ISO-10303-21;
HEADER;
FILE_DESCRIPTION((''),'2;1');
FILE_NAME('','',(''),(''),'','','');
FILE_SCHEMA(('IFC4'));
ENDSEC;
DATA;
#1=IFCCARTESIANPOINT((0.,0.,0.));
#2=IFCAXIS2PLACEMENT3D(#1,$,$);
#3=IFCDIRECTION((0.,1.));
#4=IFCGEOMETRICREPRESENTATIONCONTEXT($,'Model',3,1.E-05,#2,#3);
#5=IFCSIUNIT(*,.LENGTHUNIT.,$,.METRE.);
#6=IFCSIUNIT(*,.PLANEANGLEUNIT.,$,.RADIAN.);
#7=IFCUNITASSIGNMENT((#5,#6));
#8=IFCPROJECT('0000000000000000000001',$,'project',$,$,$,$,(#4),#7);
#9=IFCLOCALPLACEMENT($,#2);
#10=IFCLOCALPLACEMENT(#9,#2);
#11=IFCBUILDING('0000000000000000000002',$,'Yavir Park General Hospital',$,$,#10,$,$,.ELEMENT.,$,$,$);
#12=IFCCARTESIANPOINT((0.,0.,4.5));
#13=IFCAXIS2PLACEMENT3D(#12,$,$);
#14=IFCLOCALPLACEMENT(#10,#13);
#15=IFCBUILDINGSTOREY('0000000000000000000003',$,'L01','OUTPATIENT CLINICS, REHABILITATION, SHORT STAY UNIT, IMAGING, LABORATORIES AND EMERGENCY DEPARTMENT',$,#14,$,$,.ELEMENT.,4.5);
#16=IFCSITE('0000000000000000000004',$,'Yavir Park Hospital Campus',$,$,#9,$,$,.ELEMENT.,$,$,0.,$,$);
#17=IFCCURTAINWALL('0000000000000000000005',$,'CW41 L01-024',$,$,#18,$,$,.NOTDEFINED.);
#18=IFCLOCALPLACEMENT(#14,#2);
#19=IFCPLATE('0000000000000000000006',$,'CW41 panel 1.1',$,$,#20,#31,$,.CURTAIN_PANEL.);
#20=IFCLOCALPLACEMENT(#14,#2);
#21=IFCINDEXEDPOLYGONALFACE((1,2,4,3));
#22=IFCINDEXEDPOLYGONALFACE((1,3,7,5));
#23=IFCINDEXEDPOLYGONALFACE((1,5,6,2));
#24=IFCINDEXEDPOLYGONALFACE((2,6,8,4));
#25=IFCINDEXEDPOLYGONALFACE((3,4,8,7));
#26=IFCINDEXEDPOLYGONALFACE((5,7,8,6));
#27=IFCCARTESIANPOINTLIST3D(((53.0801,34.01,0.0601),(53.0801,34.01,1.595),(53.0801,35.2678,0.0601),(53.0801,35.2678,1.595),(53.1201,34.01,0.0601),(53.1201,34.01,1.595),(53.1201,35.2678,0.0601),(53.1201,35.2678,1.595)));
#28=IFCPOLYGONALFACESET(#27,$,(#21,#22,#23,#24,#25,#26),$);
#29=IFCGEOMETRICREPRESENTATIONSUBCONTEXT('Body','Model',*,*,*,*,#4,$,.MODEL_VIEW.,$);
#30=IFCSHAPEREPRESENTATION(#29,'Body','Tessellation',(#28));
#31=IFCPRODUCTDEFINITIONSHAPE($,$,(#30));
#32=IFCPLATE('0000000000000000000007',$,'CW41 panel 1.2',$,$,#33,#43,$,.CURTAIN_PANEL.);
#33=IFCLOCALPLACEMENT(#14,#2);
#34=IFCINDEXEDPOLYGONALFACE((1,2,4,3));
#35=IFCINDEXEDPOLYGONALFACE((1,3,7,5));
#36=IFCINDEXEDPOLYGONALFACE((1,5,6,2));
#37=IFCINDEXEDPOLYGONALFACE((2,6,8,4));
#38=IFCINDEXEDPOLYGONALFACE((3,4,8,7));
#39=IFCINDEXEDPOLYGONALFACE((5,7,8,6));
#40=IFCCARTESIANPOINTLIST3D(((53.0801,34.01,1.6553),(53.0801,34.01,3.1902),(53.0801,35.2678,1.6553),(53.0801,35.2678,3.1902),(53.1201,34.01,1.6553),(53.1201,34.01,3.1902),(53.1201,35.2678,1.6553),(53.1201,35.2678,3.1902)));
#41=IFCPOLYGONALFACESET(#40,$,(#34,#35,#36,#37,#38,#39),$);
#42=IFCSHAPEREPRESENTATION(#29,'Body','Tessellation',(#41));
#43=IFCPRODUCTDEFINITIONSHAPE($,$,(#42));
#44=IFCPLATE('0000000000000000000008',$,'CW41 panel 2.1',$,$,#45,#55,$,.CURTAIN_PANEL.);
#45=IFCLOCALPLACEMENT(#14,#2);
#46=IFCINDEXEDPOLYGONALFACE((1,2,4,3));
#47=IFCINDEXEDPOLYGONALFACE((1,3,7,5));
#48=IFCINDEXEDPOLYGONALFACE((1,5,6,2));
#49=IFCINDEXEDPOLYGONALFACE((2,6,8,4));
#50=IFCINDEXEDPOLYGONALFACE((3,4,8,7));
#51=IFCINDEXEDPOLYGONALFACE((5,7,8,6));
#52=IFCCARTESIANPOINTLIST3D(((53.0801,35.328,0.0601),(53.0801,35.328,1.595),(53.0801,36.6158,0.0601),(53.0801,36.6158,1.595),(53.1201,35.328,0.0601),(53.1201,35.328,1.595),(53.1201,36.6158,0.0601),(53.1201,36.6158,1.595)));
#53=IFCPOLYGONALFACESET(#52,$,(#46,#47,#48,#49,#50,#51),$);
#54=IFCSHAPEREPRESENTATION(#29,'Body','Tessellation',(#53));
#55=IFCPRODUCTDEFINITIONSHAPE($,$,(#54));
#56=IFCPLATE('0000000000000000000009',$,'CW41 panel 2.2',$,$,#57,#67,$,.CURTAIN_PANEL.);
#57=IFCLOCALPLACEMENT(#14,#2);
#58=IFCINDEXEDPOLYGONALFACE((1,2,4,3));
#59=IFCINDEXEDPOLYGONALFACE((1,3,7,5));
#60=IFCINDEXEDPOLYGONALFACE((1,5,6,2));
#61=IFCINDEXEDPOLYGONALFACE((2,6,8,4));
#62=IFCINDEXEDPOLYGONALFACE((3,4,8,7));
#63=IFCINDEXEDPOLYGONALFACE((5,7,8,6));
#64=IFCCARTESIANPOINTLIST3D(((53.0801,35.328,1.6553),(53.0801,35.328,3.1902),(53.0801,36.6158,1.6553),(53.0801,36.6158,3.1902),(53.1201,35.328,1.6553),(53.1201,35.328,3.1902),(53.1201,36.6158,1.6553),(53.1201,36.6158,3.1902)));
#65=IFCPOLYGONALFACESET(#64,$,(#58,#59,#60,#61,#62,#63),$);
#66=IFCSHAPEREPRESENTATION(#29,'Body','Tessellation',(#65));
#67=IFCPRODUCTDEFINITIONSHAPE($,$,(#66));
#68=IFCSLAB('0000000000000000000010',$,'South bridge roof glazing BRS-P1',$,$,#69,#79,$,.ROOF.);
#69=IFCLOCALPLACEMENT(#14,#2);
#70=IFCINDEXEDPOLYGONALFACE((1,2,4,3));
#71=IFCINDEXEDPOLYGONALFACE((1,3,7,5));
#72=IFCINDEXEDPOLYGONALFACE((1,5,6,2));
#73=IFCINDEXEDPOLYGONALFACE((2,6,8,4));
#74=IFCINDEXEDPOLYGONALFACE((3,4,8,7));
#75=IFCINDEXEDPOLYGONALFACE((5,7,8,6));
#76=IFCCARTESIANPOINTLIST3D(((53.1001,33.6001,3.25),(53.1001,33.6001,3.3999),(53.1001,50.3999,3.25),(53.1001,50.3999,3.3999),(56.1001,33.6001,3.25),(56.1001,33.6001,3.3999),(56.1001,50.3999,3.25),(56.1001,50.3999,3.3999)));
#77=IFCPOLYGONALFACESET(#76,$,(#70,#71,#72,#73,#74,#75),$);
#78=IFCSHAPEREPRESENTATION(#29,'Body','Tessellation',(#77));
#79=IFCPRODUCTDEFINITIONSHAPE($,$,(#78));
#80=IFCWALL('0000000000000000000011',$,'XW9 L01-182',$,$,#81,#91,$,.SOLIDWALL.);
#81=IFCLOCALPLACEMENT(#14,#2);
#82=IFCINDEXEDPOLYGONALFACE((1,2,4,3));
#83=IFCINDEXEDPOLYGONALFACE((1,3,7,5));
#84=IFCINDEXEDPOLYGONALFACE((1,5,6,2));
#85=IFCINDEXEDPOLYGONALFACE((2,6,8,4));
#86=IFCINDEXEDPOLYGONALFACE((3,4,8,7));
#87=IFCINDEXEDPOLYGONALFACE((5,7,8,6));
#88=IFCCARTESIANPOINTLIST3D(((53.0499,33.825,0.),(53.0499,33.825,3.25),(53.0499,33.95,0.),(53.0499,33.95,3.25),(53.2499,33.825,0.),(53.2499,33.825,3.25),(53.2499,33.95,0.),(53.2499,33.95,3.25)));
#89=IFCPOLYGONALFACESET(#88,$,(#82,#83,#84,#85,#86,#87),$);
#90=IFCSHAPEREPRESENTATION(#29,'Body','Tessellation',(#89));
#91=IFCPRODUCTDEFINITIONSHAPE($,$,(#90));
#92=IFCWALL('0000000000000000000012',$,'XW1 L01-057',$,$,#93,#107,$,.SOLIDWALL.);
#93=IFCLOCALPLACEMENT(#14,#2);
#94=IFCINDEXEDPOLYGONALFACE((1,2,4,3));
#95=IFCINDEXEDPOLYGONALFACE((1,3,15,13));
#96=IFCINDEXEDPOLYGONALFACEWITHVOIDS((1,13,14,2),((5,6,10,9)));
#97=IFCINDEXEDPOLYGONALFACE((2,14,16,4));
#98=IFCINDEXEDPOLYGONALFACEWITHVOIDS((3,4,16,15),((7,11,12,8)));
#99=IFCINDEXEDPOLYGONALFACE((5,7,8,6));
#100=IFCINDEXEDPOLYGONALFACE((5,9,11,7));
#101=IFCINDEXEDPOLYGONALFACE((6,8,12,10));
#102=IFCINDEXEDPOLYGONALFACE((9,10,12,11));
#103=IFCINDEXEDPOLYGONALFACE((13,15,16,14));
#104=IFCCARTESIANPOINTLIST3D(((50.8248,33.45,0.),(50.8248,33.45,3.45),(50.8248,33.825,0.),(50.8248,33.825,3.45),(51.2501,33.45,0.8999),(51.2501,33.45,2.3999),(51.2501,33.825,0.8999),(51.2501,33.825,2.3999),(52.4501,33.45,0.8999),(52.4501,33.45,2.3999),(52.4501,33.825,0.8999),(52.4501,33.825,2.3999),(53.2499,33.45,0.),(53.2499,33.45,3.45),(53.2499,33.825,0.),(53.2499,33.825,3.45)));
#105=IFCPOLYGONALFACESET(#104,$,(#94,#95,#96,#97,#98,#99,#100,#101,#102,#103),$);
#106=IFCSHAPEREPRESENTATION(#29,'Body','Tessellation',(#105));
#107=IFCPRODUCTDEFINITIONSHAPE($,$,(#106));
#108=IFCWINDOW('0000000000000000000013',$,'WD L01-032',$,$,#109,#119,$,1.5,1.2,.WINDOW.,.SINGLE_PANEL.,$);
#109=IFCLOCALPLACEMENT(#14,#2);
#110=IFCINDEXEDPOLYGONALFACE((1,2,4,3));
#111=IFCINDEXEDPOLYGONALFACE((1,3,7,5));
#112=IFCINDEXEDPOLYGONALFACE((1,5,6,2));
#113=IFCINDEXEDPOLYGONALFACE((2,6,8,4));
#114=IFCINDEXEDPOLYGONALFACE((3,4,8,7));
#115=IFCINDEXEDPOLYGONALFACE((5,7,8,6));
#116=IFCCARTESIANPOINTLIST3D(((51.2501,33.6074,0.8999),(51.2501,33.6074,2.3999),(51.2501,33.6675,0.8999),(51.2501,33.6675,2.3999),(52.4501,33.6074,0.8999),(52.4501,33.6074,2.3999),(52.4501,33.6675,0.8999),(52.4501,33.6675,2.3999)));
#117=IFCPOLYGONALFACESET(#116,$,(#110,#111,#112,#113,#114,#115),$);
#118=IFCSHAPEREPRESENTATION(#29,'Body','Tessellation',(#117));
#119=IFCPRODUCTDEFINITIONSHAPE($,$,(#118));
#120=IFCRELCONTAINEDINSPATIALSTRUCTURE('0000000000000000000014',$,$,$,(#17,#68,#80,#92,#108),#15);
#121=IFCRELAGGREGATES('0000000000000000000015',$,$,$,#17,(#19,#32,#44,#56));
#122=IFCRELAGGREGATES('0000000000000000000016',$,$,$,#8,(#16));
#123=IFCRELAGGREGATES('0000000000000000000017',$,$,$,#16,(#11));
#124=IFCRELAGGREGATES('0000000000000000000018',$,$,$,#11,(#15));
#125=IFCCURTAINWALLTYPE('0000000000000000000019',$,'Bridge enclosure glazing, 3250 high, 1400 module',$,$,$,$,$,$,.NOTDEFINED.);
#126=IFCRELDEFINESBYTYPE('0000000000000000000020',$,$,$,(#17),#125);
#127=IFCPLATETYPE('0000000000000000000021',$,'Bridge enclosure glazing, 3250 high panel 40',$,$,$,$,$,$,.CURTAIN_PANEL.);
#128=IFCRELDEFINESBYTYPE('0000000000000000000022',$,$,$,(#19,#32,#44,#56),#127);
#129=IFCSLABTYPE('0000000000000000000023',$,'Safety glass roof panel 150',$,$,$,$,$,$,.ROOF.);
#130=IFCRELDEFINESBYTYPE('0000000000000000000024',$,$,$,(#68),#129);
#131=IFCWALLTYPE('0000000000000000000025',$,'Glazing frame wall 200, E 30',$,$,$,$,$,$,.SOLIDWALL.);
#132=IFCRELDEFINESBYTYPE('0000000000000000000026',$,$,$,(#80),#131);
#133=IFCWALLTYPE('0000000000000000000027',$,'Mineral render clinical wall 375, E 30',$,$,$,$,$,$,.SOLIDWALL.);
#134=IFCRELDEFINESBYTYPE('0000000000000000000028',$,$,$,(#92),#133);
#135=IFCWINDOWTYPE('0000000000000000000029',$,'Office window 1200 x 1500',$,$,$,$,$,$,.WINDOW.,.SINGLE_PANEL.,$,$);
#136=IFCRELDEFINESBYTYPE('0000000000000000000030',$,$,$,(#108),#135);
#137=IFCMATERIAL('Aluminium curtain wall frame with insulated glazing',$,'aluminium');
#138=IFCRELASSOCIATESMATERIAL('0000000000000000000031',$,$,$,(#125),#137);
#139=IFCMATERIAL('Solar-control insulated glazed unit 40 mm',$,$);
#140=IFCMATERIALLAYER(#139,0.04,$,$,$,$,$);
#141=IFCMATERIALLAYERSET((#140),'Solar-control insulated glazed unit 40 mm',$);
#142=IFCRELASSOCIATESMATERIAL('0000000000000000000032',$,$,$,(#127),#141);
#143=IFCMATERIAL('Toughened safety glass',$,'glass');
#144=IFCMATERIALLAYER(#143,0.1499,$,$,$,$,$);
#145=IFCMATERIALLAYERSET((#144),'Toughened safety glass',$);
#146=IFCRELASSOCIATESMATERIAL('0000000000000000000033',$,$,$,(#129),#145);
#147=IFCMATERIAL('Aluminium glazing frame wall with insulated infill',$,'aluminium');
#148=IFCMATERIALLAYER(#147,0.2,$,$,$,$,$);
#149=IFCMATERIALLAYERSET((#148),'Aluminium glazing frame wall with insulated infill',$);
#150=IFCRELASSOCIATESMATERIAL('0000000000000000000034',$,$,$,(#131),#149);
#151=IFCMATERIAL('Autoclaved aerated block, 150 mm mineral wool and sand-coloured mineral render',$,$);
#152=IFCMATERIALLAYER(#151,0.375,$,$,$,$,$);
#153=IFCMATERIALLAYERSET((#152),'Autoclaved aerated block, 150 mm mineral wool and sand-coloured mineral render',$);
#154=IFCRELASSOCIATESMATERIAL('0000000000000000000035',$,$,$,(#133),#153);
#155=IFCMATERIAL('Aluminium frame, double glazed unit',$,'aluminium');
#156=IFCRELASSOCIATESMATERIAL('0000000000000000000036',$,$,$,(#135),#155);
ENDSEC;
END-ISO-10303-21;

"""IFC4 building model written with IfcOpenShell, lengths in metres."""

from ifc_helpers import new_model, si_unit, direction, frame, frame_2d, origin, origin_2d, place, context, subcontext, project, spatial, polyline, rectangle, outline, extrude, material, layer, layer_set, type_object, element, fill, aggregate, save


model = new_model("IFC4")

# Units and contexts
model_context = context("Model", 3, precision=1e-05, world=origin(), true_north=direction((0.0, 1.0)))
body_context = subcontext(model_context, "Body", "Model", "MODEL_VIEW")
ifc_project = project(units=[si_unit("LENGTHUNIT", "METRE"), si_unit("PLANEANGLEUNIT", "RADIAN")], contexts=[model_context])

# Site, building, storey
site_placement = place(None, origin())
site = spatial("IfcSite", under=ifc_project, at=site_placement, Name="Yavir Park Hospital Campus", CompositionType="ELEMENT", RefElevation=0.0)
building_placement = place(site_placement, origin())
building = spatial("IfcBuilding", under=site, at=building_placement, Name="Yavir Park General Hospital", CompositionType="ELEMENT")
storey_placement = place(building_placement, frame((0.0, 0.0, 4.5)))
storey = spatial("IfcBuildingStorey", under=building, at=storey_placement, Name="L01", Description="OUTPATIENT CLINICS, REHABILITATION, SHORT STAY UNIT, IMAGING, LABORATORIES AND EMERGENCY DEPARTMENT", CompositionType="ELEMENT", Elevation=4.5)

# Curtain wall
ifc_material_1 = material(Name="Aluminium curtain wall frame with insulated glazing", Category="aluminium")
curtain_wall_type = type_object("IfcCurtainWallType", Name="Bridge enclosure glazing, 3250 high, 1400 module", PredefinedType="NOTDEFINED", material=ifc_material_1)
curtain_wall_placement = place(storey_placement, origin())
curtain_wall = element("IfcCurtainWall", 1, at=curtain_wall_placement, inside=storey, type_object=curtain_wall_type, Name="CW41 L01-024", PredefinedType="NOTDEFINED")

# Plates
ifc_material_2 = material(Name="Solar-control insulated glazed unit 40 mm")
ifc_layer_1 = layer(ifc_material_2, 0.04)
ifc_layer_set_1 = layer_set([ifc_layer_1], Name="Solar-control insulated glazed unit 40 mm")
plate_type = type_object("IfcPlateType", Name="Bridge enclosure glazing, 3250 high panel 40", PredefinedType="CURTAIN_PANEL", material=ifc_layer_set_1)
plate_1_placement = place(storey_placement, frame((53.1001, 34.6389, 0.0601), z_axis=(0.0, 0.0, 1.0), x_axis=(0.0, 1.0, 0.0)))
plate_1 = element("IfcPlate", 2, at=plate_1_placement, type_object=plate_type, Name="CW41 panel 1.1", PredefinedType="CURTAIN_PANEL", context=body_context, shape_type="SweptSolid", body=[
    extrude(rectangle(XDim=1.2578, YDim=0.04, at=origin_2d()), origin(), (0.0, 0.0, 1.0), 1.5349),
])
plate_2_placement = place(storey_placement, frame((53.1001, 34.6389, 1.6553), z_axis=(0.0, 0.0, 1.0), x_axis=(0.0, 1.0, 0.0)))
plate_2 = element("IfcPlate", 3, at=plate_2_placement, type_object=plate_type, Name="CW41 panel 1.2", PredefinedType="CURTAIN_PANEL", context=body_context, shape_type="SweptSolid", body=[
    extrude(rectangle(XDim=1.2578, YDim=0.04, at=origin_2d()), origin(), (0.0, 0.0, 1.0), 1.5349),
])
plate_3_placement = place(storey_placement, frame((53.1001, 35.9719, 0.0601), z_axis=(0.0, 0.0, 1.0), x_axis=(0.0, 1.0, 0.0)))
plate_3 = element("IfcPlate", 4, at=plate_3_placement, type_object=plate_type, Name="CW41 panel 2.1", PredefinedType="CURTAIN_PANEL", context=body_context, shape_type="SweptSolid", body=[
    extrude(rectangle(XDim=1.2878, YDim=0.04, at=origin_2d()), origin(), (0.0, 0.0, 1.0), 1.5349),
])
plate_4_placement = place(storey_placement, frame((53.1001, 35.9719, 1.6553), z_axis=(0.0, 0.0, 1.0), x_axis=(0.0, 1.0, 0.0)))
plate_4 = element("IfcPlate", 5, at=plate_4_placement, type_object=plate_type, Name="CW41 panel 2.2", PredefinedType="CURTAIN_PANEL", context=body_context, shape_type="SweptSolid", body=[
    extrude(rectangle(XDim=1.2878, YDim=0.04, at=origin_2d()), origin(), (0.0, 0.0, 1.0), 1.5349),
])
aggregate(curtain_wall, [plate_1, plate_2, plate_3, plate_4])

# Slab
ifc_material_3 = material(Name="Toughened safety glass", Category="glass")
ifc_layer_2 = layer(ifc_material_3, 0.1499)
ifc_layer_set_2 = layer_set([ifc_layer_2], Name="Toughened safety glass")
slab_type = type_object("IfcSlabType", Name="Safety glass roof panel 150", PredefinedType="ROOF", material=ifc_layer_set_2)
slab_placement = place(storey_placement, frame((53.1001, 33.6001, 3.3999), z_axis=(0.0, 0.0, 1.0), x_axis=(1.0, 0.0, 0.0)))
element("IfcSlab", 6, at=slab_placement, inside=storey, type_object=slab_type, Name="South bridge roof glazing BRS-P1", PredefinedType="ROOF", context=body_context, shape_type="SweptSolid", body=[
    extrude(outline(polyline([(0.0, 0.0), (3.0, 0.0), (3.0, 16.7998), (0.0, 16.7998), (0.0, 0.0)])), origin(), (0.0, 0.0, -1.0), 0.1499),
])

# Wall
ifc_material_4 = material(Name="Aluminium glazing frame wall with insulated infill", Category="aluminium")
ifc_layer_3 = layer(ifc_material_4, 0.2)
ifc_layer_set_3 = layer_set([ifc_layer_3], Name="Aluminium glazing frame wall with insulated infill")
wall_type_1 = type_object("IfcWallType", Name="Glazing frame wall 200, E 30", PredefinedType="SOLIDWALL", material=ifc_layer_set_3)
wall_1_placement = place(storey_placement, frame((53.1499, 33.825, 0.0), z_axis=(0.0, 0.0, 1.0), x_axis=(0.0, 1.0, 0.0)))
element("IfcWall", 7, at=wall_1_placement, inside=storey, type_object=wall_type_1, Name="XW9 L01-182", PredefinedType="SOLIDWALL", context=body_context, shape_type="SweptSolid", body=[
    extrude(rectangle(XDim=0.125, YDim=0.2, at=frame_2d((0.0625, 0.0))), origin(), (0.0, 0.0, 1.0), 3.25),
])

# Wall, opening, window
ifc_material_5 = material(Name="Autoclaved aerated block, 150 mm mineral wool and sand-coloured mineral render")
ifc_layer_4 = layer(ifc_material_5, 0.375)
ifc_layer_set_4 = layer_set([ifc_layer_4], Name="Autoclaved aerated block, 150 mm mineral wool and sand-coloured mineral render")
wall_type_2 = type_object("IfcWallType", Name="Mineral render clinical wall 375, E 30", PredefinedType="SOLIDWALL", material=ifc_layer_set_4)
wall_2_placement = place(storey_placement, frame((50.825, 33.6375, 0.0), z_axis=(0.0, 0.0, 1.0), x_axis=(1.0, 0.0, 0.0)))
wall_2 = element("IfcWall", 8, at=wall_2_placement, inside=storey, type_object=wall_type_2, Name="XW1 L01-057", PredefinedType="SOLIDWALL", context=body_context, shape_type="SweptSolid", body=[
    extrude(rectangle(XDim=2.425, YDim=0.375, at=frame_2d((1.2124, 0.0))), origin(), (0.0, 0.0, 1.0), 3.45),
])
opening_1_placement = place(wall_2_placement, frame((0.425, 0.0, 0.8999)))
opening_1 = element("IfcOpeningElement", 9, at=opening_1_placement, cuts=wall_2, PredefinedType="OPENING", context=body_context, shape_type="SweptSolid", body=[
    extrude(rectangle(XDim=1.2, YDim=1.5, at=frame_2d((0.6001, 0.75))), frame((0.0, 0.1975, 0.0), z_axis=(0.0, -1.0, 0.0), x_axis=(1.0, 0.0, 0.0)), (0.0, 0.0, 1.0), 0.395),
])
ifc_material_6 = material(Name="Aluminium frame, double glazed unit", Category="aluminium")
window_type = type_object("IfcWindowType", Name="Office window 1200 x 1500", PartitioningType="SINGLE_PANEL", PredefinedType="WINDOW", material=ifc_material_6)
window_placement = place(opening_1_placement, origin())
window = element("IfcWindow", 10, at=window_placement, inside=storey, type_object=window_type, Name="WD L01-032", OverallHeight=1.5, OverallWidth=1.2, PartitioningType="SINGLE_PANEL", PredefinedType="WINDOW", context=body_context, shape_type="SweptSolid", body=[
    extrude(rectangle(XDim=1.2, YDim=1.5, at=frame_2d((0.6001, 0.75))), frame((0.0, 0.03, 0.0), z_axis=(0.0, -1.0, 0.0), x_axis=(1.0, 0.0, 0.0)), (0.0, 0.0, 1.0), 0.0601),
])
fill(opening_1, window)

save(model, "model.ifc")
